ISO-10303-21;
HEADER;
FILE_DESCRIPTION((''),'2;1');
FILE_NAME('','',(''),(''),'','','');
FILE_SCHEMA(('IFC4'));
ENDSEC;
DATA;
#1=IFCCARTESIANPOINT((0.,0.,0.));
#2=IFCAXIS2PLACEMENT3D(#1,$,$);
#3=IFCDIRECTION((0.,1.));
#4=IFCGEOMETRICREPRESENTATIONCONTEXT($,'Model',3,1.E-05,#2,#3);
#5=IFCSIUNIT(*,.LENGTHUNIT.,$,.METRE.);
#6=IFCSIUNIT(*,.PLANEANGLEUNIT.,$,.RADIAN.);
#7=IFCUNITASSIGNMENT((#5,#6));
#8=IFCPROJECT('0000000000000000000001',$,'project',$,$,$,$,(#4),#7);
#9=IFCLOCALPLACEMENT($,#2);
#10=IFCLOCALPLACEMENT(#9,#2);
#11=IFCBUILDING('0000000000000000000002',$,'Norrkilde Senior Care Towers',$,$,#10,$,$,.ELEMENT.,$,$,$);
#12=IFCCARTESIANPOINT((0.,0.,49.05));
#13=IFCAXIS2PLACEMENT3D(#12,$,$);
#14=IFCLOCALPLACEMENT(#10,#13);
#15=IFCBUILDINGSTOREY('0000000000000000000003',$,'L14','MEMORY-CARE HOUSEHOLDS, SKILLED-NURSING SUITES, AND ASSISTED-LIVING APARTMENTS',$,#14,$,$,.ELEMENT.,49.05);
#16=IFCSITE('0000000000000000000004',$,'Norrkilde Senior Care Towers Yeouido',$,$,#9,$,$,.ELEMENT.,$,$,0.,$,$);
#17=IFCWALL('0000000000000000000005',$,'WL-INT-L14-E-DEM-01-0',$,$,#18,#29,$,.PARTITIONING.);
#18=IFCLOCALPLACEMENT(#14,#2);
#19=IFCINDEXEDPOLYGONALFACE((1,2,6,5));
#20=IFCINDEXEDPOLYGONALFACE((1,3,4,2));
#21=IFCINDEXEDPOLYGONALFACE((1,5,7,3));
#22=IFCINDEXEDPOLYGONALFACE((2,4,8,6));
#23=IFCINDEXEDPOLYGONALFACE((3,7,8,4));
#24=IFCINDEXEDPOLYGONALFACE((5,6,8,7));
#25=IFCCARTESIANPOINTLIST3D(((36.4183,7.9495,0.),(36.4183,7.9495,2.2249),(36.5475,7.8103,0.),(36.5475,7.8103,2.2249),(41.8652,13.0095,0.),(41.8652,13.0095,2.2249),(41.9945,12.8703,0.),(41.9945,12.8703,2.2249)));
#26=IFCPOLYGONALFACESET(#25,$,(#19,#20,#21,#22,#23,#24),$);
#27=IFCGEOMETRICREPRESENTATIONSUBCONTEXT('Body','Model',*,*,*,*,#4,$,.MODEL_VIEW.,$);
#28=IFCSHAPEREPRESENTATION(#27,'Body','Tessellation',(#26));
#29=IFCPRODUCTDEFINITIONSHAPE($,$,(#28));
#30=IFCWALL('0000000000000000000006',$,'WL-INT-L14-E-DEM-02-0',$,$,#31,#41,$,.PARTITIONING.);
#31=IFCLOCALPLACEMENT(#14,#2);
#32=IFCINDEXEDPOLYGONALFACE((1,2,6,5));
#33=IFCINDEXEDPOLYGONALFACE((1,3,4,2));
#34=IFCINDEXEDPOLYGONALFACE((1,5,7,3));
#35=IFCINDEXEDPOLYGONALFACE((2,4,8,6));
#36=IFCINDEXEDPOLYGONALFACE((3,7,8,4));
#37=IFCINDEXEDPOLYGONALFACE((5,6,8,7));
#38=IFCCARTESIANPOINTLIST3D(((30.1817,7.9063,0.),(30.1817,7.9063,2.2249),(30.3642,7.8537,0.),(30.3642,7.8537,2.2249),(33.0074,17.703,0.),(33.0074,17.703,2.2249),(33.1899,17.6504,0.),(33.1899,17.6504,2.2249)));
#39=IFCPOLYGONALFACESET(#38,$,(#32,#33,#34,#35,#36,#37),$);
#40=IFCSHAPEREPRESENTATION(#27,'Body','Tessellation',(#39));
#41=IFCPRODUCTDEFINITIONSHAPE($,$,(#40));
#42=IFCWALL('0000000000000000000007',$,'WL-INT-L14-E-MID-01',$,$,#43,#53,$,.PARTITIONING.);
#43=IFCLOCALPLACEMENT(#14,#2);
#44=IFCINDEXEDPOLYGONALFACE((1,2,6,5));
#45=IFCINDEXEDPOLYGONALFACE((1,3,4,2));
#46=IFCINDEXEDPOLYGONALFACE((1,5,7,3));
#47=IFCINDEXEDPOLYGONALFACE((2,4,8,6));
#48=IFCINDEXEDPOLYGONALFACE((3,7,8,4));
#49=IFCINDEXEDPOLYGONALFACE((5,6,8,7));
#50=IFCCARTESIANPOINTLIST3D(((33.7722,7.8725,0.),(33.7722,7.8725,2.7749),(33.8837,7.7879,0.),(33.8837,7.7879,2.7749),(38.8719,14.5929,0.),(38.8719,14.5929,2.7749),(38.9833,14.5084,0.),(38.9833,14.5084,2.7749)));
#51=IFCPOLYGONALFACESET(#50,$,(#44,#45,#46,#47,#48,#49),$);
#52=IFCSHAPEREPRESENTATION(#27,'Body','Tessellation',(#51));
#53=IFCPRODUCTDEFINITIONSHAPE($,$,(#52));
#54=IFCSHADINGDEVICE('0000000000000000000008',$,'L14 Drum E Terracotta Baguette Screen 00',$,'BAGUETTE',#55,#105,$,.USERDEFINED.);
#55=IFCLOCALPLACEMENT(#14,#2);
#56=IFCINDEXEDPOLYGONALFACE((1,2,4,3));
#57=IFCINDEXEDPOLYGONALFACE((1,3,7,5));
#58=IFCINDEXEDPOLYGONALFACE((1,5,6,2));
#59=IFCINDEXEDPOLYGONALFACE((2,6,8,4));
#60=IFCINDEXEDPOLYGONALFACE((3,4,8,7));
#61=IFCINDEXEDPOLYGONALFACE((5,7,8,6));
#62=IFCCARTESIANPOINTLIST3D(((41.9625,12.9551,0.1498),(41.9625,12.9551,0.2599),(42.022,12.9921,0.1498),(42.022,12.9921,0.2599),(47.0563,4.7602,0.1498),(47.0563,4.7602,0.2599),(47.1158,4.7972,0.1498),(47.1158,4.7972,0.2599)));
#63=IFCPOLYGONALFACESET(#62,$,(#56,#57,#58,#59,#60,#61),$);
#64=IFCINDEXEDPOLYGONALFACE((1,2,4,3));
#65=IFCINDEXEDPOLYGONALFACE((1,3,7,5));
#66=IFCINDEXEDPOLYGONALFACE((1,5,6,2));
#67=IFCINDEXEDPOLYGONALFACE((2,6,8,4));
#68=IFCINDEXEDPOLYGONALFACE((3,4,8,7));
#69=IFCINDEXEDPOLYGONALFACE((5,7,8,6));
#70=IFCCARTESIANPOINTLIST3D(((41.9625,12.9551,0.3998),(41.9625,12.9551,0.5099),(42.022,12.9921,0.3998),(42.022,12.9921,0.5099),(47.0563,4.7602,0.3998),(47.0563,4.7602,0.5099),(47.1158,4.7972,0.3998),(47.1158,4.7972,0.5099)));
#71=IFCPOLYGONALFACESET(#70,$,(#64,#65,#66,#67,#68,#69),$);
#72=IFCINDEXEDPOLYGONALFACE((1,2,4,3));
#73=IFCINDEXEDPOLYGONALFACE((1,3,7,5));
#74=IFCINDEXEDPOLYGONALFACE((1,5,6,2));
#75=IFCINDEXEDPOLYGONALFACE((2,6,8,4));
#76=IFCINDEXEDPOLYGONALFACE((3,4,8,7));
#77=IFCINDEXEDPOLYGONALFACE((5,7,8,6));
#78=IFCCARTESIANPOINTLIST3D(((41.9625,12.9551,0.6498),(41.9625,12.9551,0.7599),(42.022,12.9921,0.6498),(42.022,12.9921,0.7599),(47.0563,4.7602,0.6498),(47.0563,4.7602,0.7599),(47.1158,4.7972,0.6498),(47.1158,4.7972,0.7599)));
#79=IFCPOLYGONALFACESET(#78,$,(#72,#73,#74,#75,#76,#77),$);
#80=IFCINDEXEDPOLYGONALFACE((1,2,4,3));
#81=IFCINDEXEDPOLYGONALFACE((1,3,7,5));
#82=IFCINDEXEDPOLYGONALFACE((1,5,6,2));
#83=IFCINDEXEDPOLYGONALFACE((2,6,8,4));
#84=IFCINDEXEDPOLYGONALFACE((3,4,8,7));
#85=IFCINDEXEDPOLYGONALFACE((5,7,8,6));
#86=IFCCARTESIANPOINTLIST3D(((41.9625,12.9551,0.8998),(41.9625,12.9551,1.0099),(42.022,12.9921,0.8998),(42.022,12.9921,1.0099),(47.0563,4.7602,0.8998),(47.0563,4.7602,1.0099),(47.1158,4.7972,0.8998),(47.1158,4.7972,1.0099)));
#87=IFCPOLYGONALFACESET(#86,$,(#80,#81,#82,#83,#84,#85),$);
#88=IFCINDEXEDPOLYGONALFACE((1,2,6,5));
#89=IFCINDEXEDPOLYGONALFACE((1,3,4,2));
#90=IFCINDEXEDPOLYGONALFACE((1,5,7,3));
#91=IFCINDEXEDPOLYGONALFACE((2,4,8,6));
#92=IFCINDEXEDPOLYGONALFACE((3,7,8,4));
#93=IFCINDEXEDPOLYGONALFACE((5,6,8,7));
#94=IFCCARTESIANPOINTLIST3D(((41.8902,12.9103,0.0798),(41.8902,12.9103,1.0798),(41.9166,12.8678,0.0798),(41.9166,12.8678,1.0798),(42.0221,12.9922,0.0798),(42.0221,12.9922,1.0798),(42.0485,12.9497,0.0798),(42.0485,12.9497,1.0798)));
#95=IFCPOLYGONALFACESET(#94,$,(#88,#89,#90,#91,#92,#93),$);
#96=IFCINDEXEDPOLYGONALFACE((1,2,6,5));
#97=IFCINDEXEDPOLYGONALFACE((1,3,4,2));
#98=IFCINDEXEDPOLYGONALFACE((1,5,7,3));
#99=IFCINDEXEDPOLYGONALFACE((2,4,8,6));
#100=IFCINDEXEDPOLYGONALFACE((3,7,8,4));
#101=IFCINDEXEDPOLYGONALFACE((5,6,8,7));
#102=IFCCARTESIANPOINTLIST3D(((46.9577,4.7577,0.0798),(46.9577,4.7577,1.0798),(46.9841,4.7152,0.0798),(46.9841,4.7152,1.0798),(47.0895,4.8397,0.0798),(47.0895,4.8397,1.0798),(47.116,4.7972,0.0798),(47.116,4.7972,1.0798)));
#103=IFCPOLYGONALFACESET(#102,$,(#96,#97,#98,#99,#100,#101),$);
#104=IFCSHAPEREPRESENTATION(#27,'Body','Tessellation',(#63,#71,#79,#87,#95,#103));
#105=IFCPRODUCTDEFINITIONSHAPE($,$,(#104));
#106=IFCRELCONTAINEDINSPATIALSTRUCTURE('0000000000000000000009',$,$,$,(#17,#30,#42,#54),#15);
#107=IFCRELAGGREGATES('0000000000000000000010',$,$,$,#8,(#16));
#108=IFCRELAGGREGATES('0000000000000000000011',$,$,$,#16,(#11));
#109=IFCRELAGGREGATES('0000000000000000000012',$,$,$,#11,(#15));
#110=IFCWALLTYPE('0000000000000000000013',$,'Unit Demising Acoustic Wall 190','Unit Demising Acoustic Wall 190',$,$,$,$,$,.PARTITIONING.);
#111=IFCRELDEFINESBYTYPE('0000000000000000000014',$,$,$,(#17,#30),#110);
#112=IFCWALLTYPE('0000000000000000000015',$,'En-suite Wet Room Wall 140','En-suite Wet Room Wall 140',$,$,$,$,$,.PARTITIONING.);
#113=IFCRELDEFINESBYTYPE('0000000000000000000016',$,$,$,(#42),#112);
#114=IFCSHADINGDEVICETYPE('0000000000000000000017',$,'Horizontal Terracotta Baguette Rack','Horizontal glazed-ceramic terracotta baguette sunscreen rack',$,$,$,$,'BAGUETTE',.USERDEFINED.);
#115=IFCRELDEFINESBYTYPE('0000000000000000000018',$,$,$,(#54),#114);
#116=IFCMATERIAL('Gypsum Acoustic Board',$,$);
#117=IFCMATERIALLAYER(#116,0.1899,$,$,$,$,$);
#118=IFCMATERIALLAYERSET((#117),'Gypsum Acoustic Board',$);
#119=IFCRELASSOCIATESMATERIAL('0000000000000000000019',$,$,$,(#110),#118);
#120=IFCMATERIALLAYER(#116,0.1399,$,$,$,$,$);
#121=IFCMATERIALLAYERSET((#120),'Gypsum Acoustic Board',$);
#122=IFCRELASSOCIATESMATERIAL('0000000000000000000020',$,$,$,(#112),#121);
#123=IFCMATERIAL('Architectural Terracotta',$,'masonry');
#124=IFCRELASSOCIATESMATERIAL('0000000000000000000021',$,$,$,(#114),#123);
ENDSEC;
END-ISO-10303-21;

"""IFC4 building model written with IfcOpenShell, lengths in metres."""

from ifc_helpers import new_model, si_unit, direction, frame, frame_2d, origin, origin_2d, place, context, subcontext, project, spatial, rectangle, extrude, source, transform, mapped, material, layer, layer_set, type_object, type_shapes, element, save


model = new_model("IFC4")

# Units and contexts
model_context = context("Model", 3, precision=1e-05, world=origin(), true_north=direction((0.0, 1.0)))
body_context = subcontext(model_context, "Body", "Model", "MODEL_VIEW")
ifc_project = project(units=[si_unit("LENGTHUNIT", "METRE"), si_unit("PLANEANGLEUNIT", "RADIAN")], contexts=[model_context])

# Site, building, storey
site_placement = place(None, origin())
site = spatial("IfcSite", under=ifc_project, at=site_placement, Name="Norrkilde Senior Care Towers Yeouido", CompositionType="ELEMENT", RefElevation=0.0)
building_placement = place(site_placement, origin())
building = spatial("IfcBuilding", under=site, at=building_placement, Name="Norrkilde Senior Care Towers", CompositionType="ELEMENT")
storey_placement = place(building_placement, frame((0.0, 0.0, 49.05)))
storey = spatial("IfcBuildingStorey", under=building, at=storey_placement, Name="L14", Description="MEMORY-CARE HOUSEHOLDS, SKILLED-NURSING SUITES, AND ASSISTED-LIVING APARTMENTS", CompositionType="ELEMENT", Elevation=49.05)

# Shared definitions
ifc_material_1 = material(Name="Gypsum Acoustic Board")

# Walls
ifc_layer_1 = layer(ifc_material_1, 0.1899)
ifc_layer_set_1 = layer_set([ifc_layer_1], Name="Gypsum Acoustic Board")
wall_type_1 = type_object("IfcWallType", Name="Unit Demising Acoustic Wall 190", Description="Unit Demising Acoustic Wall 190", PredefinedType="PARTITIONING", material=ifc_layer_set_1)
shared_shape_1 = source(origin(), body_context, "Body", "SweptSolid", [
    extrude(rectangle(XDim=7.4346, YDim=0.1899, at=frame_2d((3.7173, 0.0))), origin(), (0.0, 0.0, 1.0), 2.2249),
])
wall_1_placement = place(storey_placement, frame((36.4829, 7.8799, 0.0), z_axis=(0.0, 0.0, 1.0), x_axis=(0.732652, 0.680603, 0.0)))
element("IfcWall", 1, at=wall_1_placement, inside=storey, type_object=wall_type_1, Name="WL-INT-L14-E-DEM-01-0", PredefinedType="PARTITIONING", context=body_context, shape_type="MappedRepresentation", body=[
    mapped(shared_shape_1, transform((0.0, 0.0, 0.0), x_axis=(1.0, 0.0, 0.0), y_axis=(0.0, 1.0, 0.0), z_axis=(0.0, 0.0, 1.0), scale=1.0)),
])
shared_shape_2 = source(origin(), body_context, "Body", "SweptSolid", [
    extrude(rectangle(XDim=10.196, YDim=0.1899, at=frame_2d((5.0981, 0.0))), origin(), (0.0, 0.0, 1.0), 2.2249),
])
type_shapes(wall_type_1, [shared_shape_1, shared_shape_2])
wall_2_placement = place(storey_placement, frame((30.2729, 7.8799, 0.0), z_axis=(0.0, 0.0, 1.0), x_axis=(0.277136, 0.960831, 0.0)))
element("IfcWall", 2, at=wall_2_placement, inside=storey, type_object=wall_type_1, Name="WL-INT-L14-E-DEM-02-0", PredefinedType="PARTITIONING", context=body_context, shape_type="MappedRepresentation", body=[
    mapped(shared_shape_2, transform((0.0, 0.0, 0.0), x_axis=(1.0, 0.0, 0.0), y_axis=(0.0, 1.0, 0.0), z_axis=(0.0, 0.0, 1.0), scale=1.0)),
])
ifc_layer_2 = layer(ifc_material_1, 0.1399)
ifc_layer_set_2 = layer_set([ifc_layer_2], Name="Gypsum Acoustic Board")
wall_type_2 = type_object("IfcWallType", Name="En-suite Wet Room Wall 140", Description="En-suite Wet Room Wall 140", PredefinedType="PARTITIONING", material=ifc_layer_set_2)
shared_shape_3 = source(origin(), body_context, "Body", "SweptSolid", [
    extrude(rectangle(XDim=8.4363, YDim=0.1399, at=frame_2d((4.2183, 0.0))), origin(), (0.0, 0.0, 1.0), 2.7749),
])
type_shapes(wall_type_2, [shared_shape_3])
wall_3_placement = place(storey_placement, frame((33.8279, 7.8301, 0.0), z_axis=(0.0, 0.0, 1.0), x_axis=(0.604487, 0.796615, 0.0)))
element("IfcWall", 3, at=wall_3_placement, inside=storey, type_object=wall_type_2, Name="WL-INT-L14-E-MID-01", PredefinedType="PARTITIONING", context=body_context, shape_type="MappedRepresentation", body=[
    mapped(shared_shape_3, transform((0.0, 0.0, 0.0), x_axis=(1.0, 0.0, 0.0), y_axis=(0.0, 1.0, 0.0), z_axis=(0.0, 0.0, 1.0), scale=1.0)),
])

# Shading device
ifc_material_2 = material(Name="Architectural Terracotta", Category="masonry")
shading_device_type = type_object("IfcShadingDeviceType", Name="Horizontal Terracotta Baguette Rack", Description="Horizontal glazed-ceramic terracotta baguette sunscreen rack", ElementType="BAGUETTE", PredefinedType="USERDEFINED", material=ifc_material_2)
shared_shape_4 = source(origin(), body_context, "Body", "SweptSolid", [
    extrude(rectangle(XDim=0.0701, YDim=0.1101, at=origin_2d()), frame((0.0, 0.0901, 0.125), z_axis=(1.0, 0.0, 0.0), x_axis=(0.0, 1.0, 0.0)), (0.0, 0.0, 1.0), 9.6489),
    extrude(rectangle(XDim=0.0701, YDim=0.1101, at=origin_2d()), frame((0.0, 0.0901, 0.375), z_axis=(1.0, 0.0, 0.0), x_axis=(0.0, 1.0, 0.0)), (0.0, 0.0, 1.0), 9.6489),
    extrude(rectangle(XDim=0.0701, YDim=0.1101, at=origin_2d()), frame((0.0, 0.0901, 0.625), z_axis=(1.0, 0.0, 0.0), x_axis=(0.0, 1.0, 0.0)), (0.0, 0.0, 1.0), 9.6489),
    extrude(rectangle(XDim=0.0701, YDim=0.1101, at=origin_2d()), frame((0.0, 0.0901, 0.875), z_axis=(1.0, 0.0, 0.0), x_axis=(0.0, 1.0, 0.0)), (0.0, 0.0, 1.0), 9.6489),
    extrude(rectangle(XDim=0.05, YDim=0.1553, at=origin_2d()), frame((0.0249, 0.0476, 0.0)), (0.0, 0.0, 1.0), 1.0),
    extrude(rectangle(XDim=0.05, YDim=0.1553, at=origin_2d()), frame((9.624, 0.0476, 0.0)), (0.0, 0.0, 1.0), 1.0),
])
type_shapes(shading_device_type, [shared_shape_4])
shading_device_placement = place(storey_placement, frame((41.9158, 12.926, 0.0798), z_axis=(0.0, 0.0, 1.0), x_axis=(0.527909, -0.849299, 0.0)))
element("IfcShadingDevice", 4, at=shading_device_placement, inside=storey, type_object=shading_device_type, Name="L14 Drum E Terracotta Baguette Screen 00", ObjectType="BAGUETTE", PredefinedType="USERDEFINED", context=body_context, shape_type="MappedRepresentation", body=[
    mapped(shared_shape_4, transform((0.0, 0.0, 0.0), x_axis=(1.0, 0.0, 0.0), y_axis=(0.0, 1.0, 0.0), z_axis=(0.0, 0.0, 1.0), scale=1.0)),
])

save(model, "model.ifc")
